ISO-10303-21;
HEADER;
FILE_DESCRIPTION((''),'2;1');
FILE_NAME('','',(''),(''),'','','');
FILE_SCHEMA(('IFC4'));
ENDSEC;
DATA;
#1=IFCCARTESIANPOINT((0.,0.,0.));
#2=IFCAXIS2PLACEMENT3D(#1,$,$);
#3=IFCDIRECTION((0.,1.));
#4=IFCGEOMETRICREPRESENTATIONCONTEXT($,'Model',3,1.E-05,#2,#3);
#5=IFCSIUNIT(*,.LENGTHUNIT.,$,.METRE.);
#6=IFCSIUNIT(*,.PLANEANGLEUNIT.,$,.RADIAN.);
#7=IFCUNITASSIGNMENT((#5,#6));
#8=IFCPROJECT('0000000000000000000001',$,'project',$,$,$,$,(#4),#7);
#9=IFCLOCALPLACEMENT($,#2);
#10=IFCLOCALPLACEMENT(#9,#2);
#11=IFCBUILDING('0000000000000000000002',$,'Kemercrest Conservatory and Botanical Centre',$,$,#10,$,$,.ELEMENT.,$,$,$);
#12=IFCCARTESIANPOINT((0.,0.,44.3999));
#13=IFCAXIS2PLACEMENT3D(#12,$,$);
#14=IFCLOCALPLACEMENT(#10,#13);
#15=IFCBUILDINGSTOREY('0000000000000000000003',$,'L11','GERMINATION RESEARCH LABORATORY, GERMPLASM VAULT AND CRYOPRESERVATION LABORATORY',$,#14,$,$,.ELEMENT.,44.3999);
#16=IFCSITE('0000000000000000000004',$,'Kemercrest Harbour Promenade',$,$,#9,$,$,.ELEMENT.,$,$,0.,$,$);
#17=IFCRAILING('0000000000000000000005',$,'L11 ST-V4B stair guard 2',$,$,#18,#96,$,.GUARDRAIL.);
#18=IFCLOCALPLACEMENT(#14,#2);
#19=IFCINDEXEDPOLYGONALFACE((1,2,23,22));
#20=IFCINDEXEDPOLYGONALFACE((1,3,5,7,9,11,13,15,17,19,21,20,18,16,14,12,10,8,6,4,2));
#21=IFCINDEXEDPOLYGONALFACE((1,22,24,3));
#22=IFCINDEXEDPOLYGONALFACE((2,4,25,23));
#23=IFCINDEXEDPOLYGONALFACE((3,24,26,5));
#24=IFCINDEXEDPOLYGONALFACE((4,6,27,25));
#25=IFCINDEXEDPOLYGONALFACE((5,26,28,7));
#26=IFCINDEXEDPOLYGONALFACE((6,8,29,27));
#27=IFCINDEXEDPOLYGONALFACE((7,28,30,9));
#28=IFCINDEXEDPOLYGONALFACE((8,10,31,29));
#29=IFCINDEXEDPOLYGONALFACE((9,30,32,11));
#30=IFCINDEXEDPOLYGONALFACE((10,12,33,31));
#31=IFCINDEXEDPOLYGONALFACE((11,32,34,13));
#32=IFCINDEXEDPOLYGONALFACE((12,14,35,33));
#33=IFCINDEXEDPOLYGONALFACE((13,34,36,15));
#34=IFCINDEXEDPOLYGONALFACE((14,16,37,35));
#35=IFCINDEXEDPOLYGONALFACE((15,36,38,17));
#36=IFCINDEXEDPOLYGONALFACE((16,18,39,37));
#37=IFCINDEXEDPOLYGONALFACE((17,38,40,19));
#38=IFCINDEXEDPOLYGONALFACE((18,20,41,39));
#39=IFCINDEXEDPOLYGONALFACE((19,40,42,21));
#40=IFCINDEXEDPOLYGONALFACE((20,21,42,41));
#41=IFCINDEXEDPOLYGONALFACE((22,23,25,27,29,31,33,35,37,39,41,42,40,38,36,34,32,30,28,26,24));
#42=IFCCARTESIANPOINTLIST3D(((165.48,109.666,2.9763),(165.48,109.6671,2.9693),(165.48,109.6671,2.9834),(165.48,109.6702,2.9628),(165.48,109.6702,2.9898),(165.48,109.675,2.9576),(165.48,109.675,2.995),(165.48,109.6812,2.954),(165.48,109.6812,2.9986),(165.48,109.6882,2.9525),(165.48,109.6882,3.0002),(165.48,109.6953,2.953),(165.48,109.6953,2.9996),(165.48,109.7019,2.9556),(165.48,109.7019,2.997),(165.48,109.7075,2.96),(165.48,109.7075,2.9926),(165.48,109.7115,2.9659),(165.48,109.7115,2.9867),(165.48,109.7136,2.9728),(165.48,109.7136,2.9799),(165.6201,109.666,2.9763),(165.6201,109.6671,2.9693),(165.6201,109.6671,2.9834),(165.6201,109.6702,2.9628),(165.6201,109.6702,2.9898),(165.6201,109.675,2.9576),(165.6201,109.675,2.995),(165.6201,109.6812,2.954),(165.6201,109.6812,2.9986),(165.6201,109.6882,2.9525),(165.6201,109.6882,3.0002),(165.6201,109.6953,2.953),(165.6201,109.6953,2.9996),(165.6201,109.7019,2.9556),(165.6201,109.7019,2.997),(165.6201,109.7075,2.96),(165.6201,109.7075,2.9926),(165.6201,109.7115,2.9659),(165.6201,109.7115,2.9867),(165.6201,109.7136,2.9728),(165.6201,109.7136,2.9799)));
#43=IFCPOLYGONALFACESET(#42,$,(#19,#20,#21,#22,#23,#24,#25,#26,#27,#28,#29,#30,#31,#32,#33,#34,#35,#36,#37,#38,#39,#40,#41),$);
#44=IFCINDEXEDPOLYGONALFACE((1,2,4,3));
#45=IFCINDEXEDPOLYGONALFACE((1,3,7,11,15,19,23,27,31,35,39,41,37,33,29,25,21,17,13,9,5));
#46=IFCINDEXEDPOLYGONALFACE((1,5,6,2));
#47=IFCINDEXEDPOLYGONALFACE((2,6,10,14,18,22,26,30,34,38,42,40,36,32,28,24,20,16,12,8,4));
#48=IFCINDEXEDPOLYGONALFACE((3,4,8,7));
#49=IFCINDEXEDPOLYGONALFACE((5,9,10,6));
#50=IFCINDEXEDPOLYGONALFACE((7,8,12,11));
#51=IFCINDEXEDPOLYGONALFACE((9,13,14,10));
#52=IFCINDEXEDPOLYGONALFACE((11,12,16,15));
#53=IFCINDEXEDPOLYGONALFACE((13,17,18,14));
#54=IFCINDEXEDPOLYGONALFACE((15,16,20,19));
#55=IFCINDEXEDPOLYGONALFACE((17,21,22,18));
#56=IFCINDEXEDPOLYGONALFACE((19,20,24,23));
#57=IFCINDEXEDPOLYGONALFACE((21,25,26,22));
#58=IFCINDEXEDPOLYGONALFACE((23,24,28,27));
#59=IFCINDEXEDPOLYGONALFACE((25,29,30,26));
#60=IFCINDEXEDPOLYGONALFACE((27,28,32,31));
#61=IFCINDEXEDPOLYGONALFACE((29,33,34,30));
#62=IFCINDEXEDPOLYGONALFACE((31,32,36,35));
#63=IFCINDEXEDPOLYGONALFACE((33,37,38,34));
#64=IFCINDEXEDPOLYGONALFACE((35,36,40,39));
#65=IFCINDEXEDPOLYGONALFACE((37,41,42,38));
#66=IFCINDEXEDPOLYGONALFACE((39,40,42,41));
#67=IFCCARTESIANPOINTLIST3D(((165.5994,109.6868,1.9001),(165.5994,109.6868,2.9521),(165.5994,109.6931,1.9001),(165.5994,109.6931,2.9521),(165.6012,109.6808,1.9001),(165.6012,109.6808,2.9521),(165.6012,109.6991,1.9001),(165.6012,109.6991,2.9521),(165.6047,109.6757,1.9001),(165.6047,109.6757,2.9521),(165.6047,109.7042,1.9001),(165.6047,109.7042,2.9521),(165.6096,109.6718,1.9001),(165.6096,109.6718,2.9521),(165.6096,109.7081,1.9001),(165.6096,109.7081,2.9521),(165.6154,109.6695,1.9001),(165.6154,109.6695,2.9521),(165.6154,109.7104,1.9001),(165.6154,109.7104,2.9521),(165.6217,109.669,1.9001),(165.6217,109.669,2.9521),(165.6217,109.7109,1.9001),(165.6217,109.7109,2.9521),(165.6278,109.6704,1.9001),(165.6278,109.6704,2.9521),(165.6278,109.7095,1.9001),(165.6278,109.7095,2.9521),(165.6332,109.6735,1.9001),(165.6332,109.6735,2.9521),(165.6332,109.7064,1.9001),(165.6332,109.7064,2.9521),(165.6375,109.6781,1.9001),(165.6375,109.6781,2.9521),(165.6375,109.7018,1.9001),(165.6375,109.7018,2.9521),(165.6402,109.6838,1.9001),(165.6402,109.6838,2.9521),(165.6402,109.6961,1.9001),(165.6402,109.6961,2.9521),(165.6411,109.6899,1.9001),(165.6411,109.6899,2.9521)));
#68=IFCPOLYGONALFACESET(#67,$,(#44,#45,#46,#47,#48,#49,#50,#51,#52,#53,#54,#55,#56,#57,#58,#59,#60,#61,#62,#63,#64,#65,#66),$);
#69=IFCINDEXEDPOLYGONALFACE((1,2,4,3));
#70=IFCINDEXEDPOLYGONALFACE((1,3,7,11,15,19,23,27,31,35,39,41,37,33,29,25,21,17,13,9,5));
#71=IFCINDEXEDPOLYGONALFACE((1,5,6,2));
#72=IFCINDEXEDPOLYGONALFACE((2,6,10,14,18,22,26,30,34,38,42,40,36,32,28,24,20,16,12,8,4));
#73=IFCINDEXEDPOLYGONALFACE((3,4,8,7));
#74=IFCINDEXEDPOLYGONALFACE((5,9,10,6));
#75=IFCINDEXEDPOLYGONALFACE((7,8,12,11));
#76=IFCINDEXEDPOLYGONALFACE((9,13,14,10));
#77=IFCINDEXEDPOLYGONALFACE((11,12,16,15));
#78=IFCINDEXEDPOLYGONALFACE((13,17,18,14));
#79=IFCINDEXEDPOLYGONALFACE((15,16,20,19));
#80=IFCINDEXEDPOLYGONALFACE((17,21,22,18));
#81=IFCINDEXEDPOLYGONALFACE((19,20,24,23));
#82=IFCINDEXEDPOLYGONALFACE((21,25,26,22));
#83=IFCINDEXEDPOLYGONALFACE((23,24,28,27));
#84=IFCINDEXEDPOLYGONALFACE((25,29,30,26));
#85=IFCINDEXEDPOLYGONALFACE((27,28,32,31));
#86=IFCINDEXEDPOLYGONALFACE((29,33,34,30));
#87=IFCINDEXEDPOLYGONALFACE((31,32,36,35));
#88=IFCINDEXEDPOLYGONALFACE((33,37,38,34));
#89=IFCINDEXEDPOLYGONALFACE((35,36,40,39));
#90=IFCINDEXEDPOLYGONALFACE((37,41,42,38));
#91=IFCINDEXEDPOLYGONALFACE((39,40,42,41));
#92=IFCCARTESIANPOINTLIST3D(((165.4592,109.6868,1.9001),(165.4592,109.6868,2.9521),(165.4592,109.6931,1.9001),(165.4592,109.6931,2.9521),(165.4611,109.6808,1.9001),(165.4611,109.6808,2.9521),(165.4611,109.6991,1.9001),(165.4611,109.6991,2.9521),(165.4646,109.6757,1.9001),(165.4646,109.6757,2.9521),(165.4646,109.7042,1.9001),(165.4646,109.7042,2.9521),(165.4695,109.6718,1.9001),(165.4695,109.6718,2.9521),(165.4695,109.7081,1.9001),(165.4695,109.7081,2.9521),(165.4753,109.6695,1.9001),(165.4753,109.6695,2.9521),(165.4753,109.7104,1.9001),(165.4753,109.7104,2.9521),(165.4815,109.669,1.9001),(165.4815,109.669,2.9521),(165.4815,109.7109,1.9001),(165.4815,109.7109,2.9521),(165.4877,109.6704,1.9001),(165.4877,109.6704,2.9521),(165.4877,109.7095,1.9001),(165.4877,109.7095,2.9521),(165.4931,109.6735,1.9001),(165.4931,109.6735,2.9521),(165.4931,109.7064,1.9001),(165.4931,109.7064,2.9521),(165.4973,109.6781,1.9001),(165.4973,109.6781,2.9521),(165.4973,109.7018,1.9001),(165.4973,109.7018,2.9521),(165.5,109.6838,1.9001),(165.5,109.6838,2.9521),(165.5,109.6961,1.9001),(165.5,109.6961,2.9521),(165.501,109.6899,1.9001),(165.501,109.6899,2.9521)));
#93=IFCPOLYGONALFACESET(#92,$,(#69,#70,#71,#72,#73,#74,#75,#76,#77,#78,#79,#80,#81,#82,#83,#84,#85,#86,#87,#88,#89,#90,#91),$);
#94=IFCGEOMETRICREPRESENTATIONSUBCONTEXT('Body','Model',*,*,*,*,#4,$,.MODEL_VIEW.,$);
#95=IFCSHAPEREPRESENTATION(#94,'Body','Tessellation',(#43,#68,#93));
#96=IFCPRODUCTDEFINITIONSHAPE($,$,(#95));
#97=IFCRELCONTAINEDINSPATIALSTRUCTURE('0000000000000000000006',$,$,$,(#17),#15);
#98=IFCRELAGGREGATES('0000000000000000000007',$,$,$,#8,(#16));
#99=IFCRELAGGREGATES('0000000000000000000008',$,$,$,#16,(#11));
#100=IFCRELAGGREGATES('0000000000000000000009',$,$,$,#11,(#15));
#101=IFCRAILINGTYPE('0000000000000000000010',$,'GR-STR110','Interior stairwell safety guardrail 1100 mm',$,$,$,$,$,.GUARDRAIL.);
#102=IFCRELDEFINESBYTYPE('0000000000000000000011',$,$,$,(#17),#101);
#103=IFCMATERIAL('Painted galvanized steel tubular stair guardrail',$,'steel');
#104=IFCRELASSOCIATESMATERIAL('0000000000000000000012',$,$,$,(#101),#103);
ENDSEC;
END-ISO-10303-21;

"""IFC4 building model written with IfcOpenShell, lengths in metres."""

from ifc_helpers import new_model, si_unit, direction, frame, origin, origin_2d, place, context, subcontext, project, spatial, circle, extrude, material, type_object, element, save


model = new_model("IFC4")

# Units and contexts
model_context = context("Model", 3, precision=1e-05, world=origin(), true_north=direction((0.0, 1.0)))
body_context = subcontext(model_context, "Body", "Model", "MODEL_VIEW")
ifc_project = project(units=[si_unit("LENGTHUNIT", "METRE"), si_unit("PLANEANGLEUNIT", "RADIAN")], contexts=[model_context])

# Site, building, storey
site_placement = place(None, origin())
site = spatial("IfcSite", under=ifc_project, at=site_placement, Name="Kemercrest Harbour Promenade", CompositionType="ELEMENT", RefElevation=0.0)
building_placement = place(site_placement, origin())
building = spatial("IfcBuilding", under=site, at=building_placement, Name="Kemercrest Conservatory and Botanical Centre", CompositionType="ELEMENT")
storey_placement = place(building_placement, frame((0.0, 0.0, 44.3999)))
storey = spatial("IfcBuildingStorey", under=building, at=storey_placement, Name="L11", Description="GERMINATION RESEARCH LABORATORY, GERMPLASM VAULT AND CRYOPRESERVATION LABORATORY", CompositionType="ELEMENT", Elevation=44.3999)

# Railing
ifc_material_1 = material(Name="Painted galvanized steel tubular stair guardrail", Category="steel")
railing_type_1 = type_object("IfcRailingType", Name="GR-STR110", Description="Interior stairwell safety guardrail 1100 mm", PredefinedType="GUARDRAIL", material=ifc_material_1)
railing_1_placement = place(storey_placement, frame((165.6201, 109.6899, 1.9001)))
element("IfcRailing", 1, at=railing_1_placement, inside=storey, type_object=railing_type_1, Name="L11 ST-V4B stair guard 2", PredefinedType="GUARDRAIL", context=body_context, shape_type="SweptSolid", body=[
    extrude(circle(Radius=0.0239, at=origin_2d()), frame((0.0, 0.0, 1.0762), z_axis=(-1.0, 0.0, 0.0), x_axis=(0.0, -1.0, 0.0)), (0.0, 0.0, 1.0), 0.1401),
    extrude(circle(Radius=0.021, at=origin_2d()), origin(), (0.0, 0.0, 1.0), 1.052),
    extrude(circle(Radius=0.021, at=origin_2d()), frame((-0.1401, 0.0, 0.0)), (0.0, 0.0, 1.0), 1.052),
])

save(model, "model.ifc")
